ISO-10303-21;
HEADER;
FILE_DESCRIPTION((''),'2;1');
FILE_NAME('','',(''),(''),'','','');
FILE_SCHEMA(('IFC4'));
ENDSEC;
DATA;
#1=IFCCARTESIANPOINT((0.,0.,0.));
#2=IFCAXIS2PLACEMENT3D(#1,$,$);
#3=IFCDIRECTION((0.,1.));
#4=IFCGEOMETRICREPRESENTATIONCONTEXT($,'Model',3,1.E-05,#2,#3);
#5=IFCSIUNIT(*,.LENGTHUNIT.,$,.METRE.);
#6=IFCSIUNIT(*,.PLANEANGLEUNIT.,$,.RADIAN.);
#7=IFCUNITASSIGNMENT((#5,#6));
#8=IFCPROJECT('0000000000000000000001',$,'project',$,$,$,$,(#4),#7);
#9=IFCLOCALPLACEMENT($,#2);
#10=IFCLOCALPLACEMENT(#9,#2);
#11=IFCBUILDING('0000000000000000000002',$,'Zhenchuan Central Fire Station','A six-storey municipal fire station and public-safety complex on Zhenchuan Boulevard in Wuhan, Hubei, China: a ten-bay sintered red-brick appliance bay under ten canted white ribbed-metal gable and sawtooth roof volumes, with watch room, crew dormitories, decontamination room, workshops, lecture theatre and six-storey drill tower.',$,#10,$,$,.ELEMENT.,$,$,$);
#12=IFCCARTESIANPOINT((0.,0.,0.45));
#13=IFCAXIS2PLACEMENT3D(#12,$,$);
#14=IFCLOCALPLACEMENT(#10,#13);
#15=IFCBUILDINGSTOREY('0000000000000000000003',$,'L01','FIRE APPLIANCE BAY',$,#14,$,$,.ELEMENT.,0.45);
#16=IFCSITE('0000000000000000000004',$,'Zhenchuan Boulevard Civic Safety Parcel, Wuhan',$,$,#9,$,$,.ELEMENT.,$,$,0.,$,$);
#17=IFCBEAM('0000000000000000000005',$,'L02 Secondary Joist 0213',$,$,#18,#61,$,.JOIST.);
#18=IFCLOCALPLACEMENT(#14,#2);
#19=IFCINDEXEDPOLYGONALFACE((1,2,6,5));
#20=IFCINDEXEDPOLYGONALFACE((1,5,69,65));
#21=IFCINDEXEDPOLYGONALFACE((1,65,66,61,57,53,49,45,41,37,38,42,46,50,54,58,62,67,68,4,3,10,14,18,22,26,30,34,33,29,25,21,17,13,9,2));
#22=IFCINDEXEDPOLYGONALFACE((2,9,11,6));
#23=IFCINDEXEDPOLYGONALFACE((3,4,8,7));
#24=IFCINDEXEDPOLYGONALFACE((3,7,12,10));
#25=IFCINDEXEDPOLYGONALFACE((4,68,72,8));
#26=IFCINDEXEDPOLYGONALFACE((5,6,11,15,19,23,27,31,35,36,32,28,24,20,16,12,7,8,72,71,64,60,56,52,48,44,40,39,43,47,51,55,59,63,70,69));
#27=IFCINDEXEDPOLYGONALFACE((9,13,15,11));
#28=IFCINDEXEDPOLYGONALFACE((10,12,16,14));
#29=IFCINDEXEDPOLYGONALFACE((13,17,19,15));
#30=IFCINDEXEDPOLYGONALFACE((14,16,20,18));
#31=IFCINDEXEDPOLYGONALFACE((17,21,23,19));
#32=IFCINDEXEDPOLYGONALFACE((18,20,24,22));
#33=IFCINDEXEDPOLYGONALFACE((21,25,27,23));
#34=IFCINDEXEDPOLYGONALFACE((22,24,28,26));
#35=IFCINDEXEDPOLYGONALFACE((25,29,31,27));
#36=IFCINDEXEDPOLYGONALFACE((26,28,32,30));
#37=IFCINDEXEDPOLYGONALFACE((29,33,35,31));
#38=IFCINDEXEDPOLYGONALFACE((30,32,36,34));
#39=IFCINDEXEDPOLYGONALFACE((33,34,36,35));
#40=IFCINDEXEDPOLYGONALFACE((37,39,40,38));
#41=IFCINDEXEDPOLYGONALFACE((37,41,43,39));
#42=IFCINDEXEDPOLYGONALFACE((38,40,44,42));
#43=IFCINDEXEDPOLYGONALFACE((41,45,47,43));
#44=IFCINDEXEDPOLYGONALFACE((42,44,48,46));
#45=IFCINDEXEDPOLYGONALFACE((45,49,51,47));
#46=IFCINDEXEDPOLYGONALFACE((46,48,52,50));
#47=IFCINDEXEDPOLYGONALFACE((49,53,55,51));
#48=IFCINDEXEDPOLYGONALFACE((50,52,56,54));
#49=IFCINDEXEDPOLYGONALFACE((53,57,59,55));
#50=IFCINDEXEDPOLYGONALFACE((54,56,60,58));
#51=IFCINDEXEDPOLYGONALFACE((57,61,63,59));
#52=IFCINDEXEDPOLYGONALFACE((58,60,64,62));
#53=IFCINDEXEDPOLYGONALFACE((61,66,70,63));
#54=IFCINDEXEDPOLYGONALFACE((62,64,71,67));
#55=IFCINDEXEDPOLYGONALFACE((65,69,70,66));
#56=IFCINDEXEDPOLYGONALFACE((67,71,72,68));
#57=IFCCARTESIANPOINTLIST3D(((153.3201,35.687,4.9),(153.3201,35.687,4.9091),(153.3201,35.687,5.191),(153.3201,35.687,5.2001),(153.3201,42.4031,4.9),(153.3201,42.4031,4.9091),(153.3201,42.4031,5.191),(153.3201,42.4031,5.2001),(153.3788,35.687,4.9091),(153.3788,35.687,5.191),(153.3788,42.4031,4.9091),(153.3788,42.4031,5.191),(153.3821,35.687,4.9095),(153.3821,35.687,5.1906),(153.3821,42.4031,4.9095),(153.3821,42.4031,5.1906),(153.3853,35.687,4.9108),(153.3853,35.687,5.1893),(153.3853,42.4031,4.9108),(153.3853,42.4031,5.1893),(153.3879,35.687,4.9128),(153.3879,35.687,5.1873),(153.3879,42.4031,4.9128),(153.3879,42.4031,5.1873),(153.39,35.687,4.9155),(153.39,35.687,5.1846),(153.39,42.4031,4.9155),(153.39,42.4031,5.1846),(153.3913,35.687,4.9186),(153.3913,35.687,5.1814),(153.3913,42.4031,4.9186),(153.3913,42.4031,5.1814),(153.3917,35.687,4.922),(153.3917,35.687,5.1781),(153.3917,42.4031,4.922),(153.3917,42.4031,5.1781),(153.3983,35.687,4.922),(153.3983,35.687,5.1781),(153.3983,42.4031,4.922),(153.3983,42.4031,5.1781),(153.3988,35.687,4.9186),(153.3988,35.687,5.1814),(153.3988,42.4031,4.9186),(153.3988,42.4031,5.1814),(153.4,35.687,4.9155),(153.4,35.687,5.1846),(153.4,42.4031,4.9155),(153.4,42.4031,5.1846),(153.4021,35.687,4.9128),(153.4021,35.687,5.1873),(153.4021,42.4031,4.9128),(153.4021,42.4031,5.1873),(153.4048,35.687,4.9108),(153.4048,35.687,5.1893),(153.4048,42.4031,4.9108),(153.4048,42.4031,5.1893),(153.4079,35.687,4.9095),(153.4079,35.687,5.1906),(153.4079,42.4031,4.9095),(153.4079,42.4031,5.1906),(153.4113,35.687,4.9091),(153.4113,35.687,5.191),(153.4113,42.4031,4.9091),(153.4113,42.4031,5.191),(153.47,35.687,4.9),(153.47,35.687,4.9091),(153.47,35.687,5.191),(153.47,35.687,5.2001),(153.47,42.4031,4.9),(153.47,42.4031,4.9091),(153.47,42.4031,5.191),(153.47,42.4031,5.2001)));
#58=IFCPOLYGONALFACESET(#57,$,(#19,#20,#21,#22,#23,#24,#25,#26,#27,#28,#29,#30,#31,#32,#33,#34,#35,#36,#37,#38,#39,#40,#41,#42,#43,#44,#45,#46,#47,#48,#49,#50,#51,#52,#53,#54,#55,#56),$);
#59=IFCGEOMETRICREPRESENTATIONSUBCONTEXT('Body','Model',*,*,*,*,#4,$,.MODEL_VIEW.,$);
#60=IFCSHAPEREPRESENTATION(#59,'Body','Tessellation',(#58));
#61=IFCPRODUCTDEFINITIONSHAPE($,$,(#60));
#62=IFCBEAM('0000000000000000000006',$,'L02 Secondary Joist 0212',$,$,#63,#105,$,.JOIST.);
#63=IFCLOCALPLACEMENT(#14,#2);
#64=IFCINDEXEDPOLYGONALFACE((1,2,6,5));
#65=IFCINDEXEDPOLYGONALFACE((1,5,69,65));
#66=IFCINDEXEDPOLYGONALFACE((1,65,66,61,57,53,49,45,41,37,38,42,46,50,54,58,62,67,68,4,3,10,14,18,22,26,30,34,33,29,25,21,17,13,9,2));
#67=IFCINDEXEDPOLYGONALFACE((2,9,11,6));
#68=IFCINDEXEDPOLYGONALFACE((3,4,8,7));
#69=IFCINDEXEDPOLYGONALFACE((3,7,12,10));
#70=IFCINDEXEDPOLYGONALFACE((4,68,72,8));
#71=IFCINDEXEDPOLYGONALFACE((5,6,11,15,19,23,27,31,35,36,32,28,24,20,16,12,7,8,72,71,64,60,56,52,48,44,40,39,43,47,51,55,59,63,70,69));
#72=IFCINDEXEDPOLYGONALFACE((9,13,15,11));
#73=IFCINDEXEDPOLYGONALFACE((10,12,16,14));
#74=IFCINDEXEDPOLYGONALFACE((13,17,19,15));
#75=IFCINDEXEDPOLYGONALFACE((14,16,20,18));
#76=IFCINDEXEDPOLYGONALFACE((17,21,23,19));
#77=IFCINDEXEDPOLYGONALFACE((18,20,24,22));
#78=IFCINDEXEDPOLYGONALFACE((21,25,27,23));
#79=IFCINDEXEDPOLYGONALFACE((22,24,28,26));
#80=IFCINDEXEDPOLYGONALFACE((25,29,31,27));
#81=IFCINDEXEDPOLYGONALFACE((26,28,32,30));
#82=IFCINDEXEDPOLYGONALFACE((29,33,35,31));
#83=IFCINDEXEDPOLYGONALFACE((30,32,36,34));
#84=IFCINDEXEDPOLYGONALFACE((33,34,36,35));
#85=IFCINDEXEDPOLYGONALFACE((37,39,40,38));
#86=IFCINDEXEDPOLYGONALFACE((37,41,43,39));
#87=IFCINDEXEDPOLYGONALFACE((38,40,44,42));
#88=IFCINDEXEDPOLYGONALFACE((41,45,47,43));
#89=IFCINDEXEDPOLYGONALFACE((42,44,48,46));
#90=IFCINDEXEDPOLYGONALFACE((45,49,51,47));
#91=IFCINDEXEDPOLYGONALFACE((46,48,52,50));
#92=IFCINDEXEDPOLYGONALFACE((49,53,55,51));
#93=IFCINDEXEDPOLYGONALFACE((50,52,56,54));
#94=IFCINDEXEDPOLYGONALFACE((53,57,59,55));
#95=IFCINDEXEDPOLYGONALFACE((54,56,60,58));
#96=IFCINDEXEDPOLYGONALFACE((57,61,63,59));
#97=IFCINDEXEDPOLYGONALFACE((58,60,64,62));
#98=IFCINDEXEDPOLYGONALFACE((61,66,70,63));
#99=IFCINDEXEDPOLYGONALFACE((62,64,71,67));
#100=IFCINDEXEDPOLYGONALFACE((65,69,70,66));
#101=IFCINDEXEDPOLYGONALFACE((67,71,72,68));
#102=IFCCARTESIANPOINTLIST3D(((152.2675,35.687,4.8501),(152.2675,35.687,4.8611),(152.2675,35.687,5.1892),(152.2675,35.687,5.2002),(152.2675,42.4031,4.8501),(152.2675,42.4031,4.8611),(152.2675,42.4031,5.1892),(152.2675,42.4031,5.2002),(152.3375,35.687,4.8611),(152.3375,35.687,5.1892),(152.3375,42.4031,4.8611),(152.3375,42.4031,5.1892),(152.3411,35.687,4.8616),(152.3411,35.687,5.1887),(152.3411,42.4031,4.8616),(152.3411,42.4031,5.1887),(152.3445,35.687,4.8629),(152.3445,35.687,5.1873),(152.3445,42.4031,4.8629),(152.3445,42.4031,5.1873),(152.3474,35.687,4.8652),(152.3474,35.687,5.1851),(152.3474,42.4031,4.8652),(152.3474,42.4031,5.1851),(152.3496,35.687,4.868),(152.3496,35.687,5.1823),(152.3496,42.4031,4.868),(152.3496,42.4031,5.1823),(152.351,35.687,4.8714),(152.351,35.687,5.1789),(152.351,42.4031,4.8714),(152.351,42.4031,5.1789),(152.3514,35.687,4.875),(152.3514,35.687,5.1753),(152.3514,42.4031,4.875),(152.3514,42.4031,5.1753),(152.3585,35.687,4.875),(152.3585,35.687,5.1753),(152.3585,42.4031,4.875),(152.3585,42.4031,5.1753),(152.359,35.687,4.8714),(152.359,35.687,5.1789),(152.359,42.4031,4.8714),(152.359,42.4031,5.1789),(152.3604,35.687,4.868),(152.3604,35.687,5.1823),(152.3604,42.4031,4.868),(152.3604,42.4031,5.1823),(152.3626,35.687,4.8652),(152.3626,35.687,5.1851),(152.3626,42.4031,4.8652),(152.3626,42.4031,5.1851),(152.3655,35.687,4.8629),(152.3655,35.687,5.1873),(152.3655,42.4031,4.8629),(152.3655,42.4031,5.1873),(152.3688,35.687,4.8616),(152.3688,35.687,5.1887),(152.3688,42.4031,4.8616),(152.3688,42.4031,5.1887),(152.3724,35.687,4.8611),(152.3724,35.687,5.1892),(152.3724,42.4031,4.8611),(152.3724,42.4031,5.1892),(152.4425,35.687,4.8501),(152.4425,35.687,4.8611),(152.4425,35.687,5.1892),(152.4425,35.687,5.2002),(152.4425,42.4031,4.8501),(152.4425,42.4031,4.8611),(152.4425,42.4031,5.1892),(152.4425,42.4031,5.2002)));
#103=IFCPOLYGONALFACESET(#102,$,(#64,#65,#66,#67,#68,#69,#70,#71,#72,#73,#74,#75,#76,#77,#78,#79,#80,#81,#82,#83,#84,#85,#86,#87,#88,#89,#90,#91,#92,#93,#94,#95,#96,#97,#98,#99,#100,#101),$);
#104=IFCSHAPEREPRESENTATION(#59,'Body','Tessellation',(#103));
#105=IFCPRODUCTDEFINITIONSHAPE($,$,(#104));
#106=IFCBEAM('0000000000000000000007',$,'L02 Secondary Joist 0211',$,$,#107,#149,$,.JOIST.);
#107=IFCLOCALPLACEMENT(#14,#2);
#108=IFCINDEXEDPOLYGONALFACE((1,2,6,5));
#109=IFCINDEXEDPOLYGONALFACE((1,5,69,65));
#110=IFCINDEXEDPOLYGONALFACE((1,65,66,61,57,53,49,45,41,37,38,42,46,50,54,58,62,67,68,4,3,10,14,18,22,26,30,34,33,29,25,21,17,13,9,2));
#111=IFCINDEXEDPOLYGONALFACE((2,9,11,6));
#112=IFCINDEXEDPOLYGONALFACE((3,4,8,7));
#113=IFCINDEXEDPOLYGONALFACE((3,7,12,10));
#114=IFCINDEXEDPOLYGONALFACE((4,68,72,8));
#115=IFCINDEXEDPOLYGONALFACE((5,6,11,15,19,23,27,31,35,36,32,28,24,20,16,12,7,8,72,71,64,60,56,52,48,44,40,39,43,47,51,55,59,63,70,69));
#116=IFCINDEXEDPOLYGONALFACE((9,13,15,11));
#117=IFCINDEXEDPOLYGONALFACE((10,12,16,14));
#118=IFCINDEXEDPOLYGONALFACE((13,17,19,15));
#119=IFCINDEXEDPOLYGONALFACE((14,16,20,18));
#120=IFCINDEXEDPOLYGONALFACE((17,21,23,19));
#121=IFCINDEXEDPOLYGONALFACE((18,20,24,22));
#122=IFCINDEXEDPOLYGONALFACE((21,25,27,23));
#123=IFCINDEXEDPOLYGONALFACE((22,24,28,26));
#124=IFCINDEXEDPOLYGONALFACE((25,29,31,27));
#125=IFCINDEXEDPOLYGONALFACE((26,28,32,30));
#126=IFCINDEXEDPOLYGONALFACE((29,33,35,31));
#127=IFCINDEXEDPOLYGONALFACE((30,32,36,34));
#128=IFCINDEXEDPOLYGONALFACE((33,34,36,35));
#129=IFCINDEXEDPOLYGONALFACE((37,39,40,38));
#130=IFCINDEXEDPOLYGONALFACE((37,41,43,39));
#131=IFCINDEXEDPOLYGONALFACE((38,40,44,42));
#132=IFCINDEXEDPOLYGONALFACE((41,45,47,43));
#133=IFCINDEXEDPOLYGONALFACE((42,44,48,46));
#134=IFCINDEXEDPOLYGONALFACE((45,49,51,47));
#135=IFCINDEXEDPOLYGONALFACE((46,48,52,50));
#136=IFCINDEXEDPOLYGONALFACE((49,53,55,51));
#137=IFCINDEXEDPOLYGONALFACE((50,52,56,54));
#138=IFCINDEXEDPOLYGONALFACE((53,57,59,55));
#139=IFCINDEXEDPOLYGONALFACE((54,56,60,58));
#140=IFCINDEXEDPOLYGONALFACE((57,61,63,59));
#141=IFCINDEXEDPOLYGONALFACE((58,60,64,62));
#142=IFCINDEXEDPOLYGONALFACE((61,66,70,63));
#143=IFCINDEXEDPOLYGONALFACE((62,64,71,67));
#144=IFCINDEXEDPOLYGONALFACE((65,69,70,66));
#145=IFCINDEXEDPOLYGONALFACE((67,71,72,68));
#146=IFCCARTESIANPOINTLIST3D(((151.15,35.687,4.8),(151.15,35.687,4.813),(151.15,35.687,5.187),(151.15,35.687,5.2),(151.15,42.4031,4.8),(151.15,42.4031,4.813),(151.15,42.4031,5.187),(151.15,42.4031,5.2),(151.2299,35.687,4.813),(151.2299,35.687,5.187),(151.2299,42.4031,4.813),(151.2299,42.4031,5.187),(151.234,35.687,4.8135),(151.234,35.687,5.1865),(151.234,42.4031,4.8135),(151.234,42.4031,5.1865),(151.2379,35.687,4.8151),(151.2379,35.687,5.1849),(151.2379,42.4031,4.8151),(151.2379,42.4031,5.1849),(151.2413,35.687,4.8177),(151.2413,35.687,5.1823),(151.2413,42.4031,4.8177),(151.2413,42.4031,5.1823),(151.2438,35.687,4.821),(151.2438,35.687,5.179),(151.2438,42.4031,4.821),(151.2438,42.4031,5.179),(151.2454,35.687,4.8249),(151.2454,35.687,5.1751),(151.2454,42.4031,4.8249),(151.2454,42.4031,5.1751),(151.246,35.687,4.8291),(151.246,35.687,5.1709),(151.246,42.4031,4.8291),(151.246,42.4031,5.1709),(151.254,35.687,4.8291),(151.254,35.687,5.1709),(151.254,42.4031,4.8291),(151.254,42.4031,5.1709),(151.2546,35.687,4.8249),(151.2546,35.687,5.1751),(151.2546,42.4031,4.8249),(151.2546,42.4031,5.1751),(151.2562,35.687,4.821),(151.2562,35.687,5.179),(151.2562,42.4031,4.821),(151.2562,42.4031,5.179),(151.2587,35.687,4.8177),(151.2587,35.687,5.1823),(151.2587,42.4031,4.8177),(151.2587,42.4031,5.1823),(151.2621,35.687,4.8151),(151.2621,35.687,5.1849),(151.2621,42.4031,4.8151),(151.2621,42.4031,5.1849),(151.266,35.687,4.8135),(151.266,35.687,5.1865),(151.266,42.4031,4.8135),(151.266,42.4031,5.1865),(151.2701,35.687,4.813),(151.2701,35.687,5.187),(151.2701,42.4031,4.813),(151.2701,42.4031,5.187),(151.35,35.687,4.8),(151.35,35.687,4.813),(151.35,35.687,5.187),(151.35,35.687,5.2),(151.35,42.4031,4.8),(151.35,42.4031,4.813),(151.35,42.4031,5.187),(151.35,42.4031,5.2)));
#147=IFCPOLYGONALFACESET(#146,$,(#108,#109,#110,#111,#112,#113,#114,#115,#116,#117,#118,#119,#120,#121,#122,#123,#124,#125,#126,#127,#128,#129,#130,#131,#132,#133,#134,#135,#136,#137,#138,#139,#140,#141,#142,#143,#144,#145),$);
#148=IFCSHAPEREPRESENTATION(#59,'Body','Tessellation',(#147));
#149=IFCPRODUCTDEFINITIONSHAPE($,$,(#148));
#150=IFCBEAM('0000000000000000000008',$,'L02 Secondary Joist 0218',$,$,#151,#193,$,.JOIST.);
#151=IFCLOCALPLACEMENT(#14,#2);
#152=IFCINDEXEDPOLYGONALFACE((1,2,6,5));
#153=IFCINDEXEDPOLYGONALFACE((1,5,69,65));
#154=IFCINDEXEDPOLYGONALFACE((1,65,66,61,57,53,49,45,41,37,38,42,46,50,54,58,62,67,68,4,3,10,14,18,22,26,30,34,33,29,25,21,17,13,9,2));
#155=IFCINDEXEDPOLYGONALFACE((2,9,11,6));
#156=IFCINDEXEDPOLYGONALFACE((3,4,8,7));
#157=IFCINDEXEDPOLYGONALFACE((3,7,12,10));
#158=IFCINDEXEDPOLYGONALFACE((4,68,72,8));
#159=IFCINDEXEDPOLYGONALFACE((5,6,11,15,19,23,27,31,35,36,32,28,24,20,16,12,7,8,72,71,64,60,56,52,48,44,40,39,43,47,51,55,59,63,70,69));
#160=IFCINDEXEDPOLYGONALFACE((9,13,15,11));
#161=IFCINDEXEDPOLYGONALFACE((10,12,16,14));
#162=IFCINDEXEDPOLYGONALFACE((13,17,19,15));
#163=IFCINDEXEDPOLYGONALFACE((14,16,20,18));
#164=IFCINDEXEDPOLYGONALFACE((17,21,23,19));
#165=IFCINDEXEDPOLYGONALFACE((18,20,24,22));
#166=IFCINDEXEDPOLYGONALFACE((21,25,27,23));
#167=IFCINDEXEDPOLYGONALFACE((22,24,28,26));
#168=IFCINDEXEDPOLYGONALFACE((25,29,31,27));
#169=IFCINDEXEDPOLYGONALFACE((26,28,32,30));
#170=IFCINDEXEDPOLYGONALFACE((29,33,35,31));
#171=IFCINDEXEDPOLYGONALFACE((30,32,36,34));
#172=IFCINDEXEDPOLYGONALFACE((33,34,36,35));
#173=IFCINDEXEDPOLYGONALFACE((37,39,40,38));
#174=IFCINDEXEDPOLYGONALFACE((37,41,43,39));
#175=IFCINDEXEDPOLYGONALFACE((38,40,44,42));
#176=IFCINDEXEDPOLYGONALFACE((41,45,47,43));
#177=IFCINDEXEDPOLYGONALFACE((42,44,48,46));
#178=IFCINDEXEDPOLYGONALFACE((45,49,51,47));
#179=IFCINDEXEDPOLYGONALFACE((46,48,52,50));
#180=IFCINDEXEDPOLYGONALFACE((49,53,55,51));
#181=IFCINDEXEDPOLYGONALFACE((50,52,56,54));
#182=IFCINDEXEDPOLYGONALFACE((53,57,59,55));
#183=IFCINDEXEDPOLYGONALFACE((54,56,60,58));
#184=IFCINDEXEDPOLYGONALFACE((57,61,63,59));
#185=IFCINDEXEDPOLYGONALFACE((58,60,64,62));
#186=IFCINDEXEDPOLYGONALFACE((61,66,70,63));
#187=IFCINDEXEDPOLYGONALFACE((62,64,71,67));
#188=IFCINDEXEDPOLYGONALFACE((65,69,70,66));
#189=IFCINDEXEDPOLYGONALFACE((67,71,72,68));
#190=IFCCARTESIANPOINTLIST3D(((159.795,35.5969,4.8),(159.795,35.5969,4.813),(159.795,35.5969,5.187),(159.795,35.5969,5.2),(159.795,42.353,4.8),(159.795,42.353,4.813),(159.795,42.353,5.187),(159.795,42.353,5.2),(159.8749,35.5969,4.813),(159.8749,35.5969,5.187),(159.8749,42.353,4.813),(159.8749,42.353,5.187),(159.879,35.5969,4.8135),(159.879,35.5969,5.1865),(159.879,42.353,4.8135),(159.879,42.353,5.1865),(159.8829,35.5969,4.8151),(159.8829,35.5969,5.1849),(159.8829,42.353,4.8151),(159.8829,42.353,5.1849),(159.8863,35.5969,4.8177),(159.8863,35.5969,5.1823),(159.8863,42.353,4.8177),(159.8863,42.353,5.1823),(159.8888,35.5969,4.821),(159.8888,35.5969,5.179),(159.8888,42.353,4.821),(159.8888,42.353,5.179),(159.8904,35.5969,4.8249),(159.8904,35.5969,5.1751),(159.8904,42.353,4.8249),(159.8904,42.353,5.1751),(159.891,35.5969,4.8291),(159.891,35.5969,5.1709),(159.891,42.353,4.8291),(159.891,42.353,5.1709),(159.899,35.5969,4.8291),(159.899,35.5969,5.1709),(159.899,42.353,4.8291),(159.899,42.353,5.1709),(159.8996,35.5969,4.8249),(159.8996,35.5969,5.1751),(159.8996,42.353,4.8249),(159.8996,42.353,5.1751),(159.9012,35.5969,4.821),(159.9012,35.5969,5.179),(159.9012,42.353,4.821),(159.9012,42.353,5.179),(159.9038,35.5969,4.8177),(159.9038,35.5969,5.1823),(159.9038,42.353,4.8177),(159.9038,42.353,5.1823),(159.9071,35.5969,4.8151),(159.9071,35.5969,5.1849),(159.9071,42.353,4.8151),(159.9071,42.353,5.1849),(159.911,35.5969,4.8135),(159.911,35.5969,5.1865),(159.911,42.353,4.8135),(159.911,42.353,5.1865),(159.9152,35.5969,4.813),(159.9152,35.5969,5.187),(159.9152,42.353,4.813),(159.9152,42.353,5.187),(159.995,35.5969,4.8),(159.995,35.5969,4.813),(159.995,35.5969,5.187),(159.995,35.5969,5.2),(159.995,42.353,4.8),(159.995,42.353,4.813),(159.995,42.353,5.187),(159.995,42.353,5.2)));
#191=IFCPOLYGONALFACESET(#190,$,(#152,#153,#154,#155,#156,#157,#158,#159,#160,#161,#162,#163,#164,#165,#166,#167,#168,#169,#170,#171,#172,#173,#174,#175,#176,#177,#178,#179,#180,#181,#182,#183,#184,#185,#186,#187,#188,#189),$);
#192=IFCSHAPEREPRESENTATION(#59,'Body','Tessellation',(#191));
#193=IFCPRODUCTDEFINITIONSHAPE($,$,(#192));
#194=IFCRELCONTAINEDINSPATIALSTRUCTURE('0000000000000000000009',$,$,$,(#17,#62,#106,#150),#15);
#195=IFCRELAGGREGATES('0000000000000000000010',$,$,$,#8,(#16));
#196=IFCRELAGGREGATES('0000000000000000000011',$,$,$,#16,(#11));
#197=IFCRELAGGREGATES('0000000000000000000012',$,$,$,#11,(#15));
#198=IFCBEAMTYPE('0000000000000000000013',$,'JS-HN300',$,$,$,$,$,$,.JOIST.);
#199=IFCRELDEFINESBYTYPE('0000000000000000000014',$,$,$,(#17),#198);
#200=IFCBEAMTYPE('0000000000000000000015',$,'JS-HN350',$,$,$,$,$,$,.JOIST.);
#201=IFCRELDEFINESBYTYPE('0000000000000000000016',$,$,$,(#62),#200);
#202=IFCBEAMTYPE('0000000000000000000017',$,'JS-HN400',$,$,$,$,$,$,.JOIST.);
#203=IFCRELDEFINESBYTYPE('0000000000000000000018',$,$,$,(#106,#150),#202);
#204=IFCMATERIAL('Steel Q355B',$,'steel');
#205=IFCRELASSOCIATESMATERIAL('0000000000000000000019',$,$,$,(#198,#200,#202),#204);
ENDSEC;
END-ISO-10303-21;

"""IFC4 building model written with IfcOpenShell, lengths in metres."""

from ifc_helpers import new_model, si_unit, direction, frame, origin, origin_2d, place, context, subcontext, project, spatial, i_section, extrude, material, material_profile, profile_set, type_object, element, save


model = new_model("IFC4")

# Units and contexts
model_context = context("Model", 3, precision=1e-05, world=origin(), true_north=direction((0.0, 1.0)))
body_context = subcontext(model_context, "Body", "Model", "MODEL_VIEW")
ifc_project = project(units=[si_unit("LENGTHUNIT", "METRE"), si_unit("PLANEANGLEUNIT", "RADIAN")], contexts=[model_context])

# Site, building, storey
site_placement = place(None, origin())
site = spatial("IfcSite", under=ifc_project, at=site_placement, Name="Zhenchuan Boulevard Civic Safety Parcel, Wuhan", CompositionType="ELEMENT", RefElevation=0.0)
building_placement = place(site_placement, origin())
building = spatial("IfcBuilding", under=site, at=building_placement, Name="Zhenchuan Central Fire Station", Description="A six-storey municipal fire station and public-safety complex on Zhenchuan Boulevard in Wuhan, Hubei, China: a ten-bay sintered red-brick appliance bay under ten canted white ribbed-metal gable and sawtooth roof volumes, with watch room, crew dormitories, decontamination room, workshops, lecture theatre and six-storey drill tower.", CompositionType="ELEMENT")
storey_placement = place(building_placement, frame((0.0, 0.0, 0.45)))
storey = spatial("IfcBuildingStorey", under=building, at=storey_placement, Name="L01", Description="FIRE APPLIANCE BAY", CompositionType="ELEMENT", Elevation=0.45)

# Shared definitions
ifc_material_1 = material(Name="Steel Q355B", Category="steel")

# Beams
ifc_material_profile_1 = material_profile(ifc_material_1, i_section(OverallWidth=0.1499, OverallDepth=0.3, WebThickness=0.0066, FlangeThickness=0.009, FilletRadius=0.0129, at=origin_2d()), Name="HN 300x150")
ifc_profile_set_1 = profile_set([ifc_material_profile_1], Name="Steel Q355B")
beam_type_1 = type_object("IfcBeamType", Name="JS-HN300", PredefinedType="JOIST", material=ifc_profile_set_1)
beam_1_placement = place(storey_placement, frame((153.395, 35.687, 5.05), z_axis=(0.0, 1.0, 0.0), x_axis=(-1.0, 0.0, 0.0)))
element("IfcBeam", 1, at=beam_1_placement, inside=storey, type_object=beam_type_1, Name="L02 Secondary Joist 0213", PredefinedType="JOIST", context=body_context, shape_type="SweptSolid", body=[
    extrude(i_section(OverallWidth=0.1499, OverallDepth=0.3, WebThickness=0.0066, FlangeThickness=0.009, FilletRadius=0.0129, at=origin_2d()), origin(), (0.0, 0.0, 1.0), 6.7161),
])
ifc_material_profile_2 = material_profile(ifc_material_1, i_section(OverallWidth=0.175, OverallDepth=0.3501, WebThickness=0.0071, FlangeThickness=0.011, FilletRadius=0.0139, at=origin_2d()), Name="HN 350x175")
ifc_profile_set_2 = profile_set([ifc_material_profile_2], Name="Steel Q355B")
beam_type_2 = type_object("IfcBeamType", Name="JS-HN350", PredefinedType="JOIST", material=ifc_profile_set_2)
beam_2_placement = place(storey_placement, frame((152.355, 35.687, 5.0251), z_axis=(0.0, 1.0, 0.0), x_axis=(-1.0, 0.0, 0.0)))
element("IfcBeam", 2, at=beam_2_placement, inside=storey, type_object=beam_type_2, Name="L02 Secondary Joist 0212", PredefinedType="JOIST", context=body_context, shape_type="SweptSolid", body=[
    extrude(i_section(OverallWidth=0.175, OverallDepth=0.3501, WebThickness=0.0071, FlangeThickness=0.011, FilletRadius=0.0139, at=origin_2d()), origin(), (0.0, 0.0, 1.0), 6.7161),
])
ifc_material_profile_3 = material_profile(ifc_material_1, i_section(OverallWidth=0.2, OverallDepth=0.3999, WebThickness=0.0081, FlangeThickness=0.0129, FilletRadius=0.0161, at=origin_2d()), Name="HN 400x200")
ifc_profile_set_3 = profile_set([ifc_material_profile_3], Name="Steel Q355B")
beam_type_3 = type_object("IfcBeamType", Name="JS-HN400", PredefinedType="JOIST", material=ifc_profile_set_3)
beam_3_placement = place(storey_placement, frame((151.25, 35.687, 5.0), z_axis=(0.0, 1.0, 0.0), x_axis=(-1.0, 0.0, 0.0)))
element("IfcBeam", 3, at=beam_3_placement, inside=storey, type_object=beam_type_3, Name="L02 Secondary Joist 0211", PredefinedType="JOIST", context=body_context, shape_type="SweptSolid", body=[
    extrude(i_section(OverallWidth=0.2, OverallDepth=0.3999, WebThickness=0.0081, FlangeThickness=0.0129, FilletRadius=0.0161, at=origin_2d()), origin(), (0.0, 0.0, 1.0), 6.7161),
])
beam_4_placement = place(storey_placement, frame((159.895, 35.5969, 5.0), z_axis=(0.0, 1.0, 0.0), x_axis=(-1.0, 0.0, 0.0)))
element("IfcBeam", 4, at=beam_4_placement, inside=storey, type_object=beam_type_3, Name="L02 Secondary Joist 0218", PredefinedType="JOIST", context=body_context, shape_type="SweptSolid", body=[
    extrude(i_section(OverallWidth=0.2, OverallDepth=0.3999, WebThickness=0.0081, FlangeThickness=0.0129, FilletRadius=0.0161, at=origin_2d()), origin(), (0.0, 0.0, 1.0), 6.7561),
])

save(model, "model.ifc")
